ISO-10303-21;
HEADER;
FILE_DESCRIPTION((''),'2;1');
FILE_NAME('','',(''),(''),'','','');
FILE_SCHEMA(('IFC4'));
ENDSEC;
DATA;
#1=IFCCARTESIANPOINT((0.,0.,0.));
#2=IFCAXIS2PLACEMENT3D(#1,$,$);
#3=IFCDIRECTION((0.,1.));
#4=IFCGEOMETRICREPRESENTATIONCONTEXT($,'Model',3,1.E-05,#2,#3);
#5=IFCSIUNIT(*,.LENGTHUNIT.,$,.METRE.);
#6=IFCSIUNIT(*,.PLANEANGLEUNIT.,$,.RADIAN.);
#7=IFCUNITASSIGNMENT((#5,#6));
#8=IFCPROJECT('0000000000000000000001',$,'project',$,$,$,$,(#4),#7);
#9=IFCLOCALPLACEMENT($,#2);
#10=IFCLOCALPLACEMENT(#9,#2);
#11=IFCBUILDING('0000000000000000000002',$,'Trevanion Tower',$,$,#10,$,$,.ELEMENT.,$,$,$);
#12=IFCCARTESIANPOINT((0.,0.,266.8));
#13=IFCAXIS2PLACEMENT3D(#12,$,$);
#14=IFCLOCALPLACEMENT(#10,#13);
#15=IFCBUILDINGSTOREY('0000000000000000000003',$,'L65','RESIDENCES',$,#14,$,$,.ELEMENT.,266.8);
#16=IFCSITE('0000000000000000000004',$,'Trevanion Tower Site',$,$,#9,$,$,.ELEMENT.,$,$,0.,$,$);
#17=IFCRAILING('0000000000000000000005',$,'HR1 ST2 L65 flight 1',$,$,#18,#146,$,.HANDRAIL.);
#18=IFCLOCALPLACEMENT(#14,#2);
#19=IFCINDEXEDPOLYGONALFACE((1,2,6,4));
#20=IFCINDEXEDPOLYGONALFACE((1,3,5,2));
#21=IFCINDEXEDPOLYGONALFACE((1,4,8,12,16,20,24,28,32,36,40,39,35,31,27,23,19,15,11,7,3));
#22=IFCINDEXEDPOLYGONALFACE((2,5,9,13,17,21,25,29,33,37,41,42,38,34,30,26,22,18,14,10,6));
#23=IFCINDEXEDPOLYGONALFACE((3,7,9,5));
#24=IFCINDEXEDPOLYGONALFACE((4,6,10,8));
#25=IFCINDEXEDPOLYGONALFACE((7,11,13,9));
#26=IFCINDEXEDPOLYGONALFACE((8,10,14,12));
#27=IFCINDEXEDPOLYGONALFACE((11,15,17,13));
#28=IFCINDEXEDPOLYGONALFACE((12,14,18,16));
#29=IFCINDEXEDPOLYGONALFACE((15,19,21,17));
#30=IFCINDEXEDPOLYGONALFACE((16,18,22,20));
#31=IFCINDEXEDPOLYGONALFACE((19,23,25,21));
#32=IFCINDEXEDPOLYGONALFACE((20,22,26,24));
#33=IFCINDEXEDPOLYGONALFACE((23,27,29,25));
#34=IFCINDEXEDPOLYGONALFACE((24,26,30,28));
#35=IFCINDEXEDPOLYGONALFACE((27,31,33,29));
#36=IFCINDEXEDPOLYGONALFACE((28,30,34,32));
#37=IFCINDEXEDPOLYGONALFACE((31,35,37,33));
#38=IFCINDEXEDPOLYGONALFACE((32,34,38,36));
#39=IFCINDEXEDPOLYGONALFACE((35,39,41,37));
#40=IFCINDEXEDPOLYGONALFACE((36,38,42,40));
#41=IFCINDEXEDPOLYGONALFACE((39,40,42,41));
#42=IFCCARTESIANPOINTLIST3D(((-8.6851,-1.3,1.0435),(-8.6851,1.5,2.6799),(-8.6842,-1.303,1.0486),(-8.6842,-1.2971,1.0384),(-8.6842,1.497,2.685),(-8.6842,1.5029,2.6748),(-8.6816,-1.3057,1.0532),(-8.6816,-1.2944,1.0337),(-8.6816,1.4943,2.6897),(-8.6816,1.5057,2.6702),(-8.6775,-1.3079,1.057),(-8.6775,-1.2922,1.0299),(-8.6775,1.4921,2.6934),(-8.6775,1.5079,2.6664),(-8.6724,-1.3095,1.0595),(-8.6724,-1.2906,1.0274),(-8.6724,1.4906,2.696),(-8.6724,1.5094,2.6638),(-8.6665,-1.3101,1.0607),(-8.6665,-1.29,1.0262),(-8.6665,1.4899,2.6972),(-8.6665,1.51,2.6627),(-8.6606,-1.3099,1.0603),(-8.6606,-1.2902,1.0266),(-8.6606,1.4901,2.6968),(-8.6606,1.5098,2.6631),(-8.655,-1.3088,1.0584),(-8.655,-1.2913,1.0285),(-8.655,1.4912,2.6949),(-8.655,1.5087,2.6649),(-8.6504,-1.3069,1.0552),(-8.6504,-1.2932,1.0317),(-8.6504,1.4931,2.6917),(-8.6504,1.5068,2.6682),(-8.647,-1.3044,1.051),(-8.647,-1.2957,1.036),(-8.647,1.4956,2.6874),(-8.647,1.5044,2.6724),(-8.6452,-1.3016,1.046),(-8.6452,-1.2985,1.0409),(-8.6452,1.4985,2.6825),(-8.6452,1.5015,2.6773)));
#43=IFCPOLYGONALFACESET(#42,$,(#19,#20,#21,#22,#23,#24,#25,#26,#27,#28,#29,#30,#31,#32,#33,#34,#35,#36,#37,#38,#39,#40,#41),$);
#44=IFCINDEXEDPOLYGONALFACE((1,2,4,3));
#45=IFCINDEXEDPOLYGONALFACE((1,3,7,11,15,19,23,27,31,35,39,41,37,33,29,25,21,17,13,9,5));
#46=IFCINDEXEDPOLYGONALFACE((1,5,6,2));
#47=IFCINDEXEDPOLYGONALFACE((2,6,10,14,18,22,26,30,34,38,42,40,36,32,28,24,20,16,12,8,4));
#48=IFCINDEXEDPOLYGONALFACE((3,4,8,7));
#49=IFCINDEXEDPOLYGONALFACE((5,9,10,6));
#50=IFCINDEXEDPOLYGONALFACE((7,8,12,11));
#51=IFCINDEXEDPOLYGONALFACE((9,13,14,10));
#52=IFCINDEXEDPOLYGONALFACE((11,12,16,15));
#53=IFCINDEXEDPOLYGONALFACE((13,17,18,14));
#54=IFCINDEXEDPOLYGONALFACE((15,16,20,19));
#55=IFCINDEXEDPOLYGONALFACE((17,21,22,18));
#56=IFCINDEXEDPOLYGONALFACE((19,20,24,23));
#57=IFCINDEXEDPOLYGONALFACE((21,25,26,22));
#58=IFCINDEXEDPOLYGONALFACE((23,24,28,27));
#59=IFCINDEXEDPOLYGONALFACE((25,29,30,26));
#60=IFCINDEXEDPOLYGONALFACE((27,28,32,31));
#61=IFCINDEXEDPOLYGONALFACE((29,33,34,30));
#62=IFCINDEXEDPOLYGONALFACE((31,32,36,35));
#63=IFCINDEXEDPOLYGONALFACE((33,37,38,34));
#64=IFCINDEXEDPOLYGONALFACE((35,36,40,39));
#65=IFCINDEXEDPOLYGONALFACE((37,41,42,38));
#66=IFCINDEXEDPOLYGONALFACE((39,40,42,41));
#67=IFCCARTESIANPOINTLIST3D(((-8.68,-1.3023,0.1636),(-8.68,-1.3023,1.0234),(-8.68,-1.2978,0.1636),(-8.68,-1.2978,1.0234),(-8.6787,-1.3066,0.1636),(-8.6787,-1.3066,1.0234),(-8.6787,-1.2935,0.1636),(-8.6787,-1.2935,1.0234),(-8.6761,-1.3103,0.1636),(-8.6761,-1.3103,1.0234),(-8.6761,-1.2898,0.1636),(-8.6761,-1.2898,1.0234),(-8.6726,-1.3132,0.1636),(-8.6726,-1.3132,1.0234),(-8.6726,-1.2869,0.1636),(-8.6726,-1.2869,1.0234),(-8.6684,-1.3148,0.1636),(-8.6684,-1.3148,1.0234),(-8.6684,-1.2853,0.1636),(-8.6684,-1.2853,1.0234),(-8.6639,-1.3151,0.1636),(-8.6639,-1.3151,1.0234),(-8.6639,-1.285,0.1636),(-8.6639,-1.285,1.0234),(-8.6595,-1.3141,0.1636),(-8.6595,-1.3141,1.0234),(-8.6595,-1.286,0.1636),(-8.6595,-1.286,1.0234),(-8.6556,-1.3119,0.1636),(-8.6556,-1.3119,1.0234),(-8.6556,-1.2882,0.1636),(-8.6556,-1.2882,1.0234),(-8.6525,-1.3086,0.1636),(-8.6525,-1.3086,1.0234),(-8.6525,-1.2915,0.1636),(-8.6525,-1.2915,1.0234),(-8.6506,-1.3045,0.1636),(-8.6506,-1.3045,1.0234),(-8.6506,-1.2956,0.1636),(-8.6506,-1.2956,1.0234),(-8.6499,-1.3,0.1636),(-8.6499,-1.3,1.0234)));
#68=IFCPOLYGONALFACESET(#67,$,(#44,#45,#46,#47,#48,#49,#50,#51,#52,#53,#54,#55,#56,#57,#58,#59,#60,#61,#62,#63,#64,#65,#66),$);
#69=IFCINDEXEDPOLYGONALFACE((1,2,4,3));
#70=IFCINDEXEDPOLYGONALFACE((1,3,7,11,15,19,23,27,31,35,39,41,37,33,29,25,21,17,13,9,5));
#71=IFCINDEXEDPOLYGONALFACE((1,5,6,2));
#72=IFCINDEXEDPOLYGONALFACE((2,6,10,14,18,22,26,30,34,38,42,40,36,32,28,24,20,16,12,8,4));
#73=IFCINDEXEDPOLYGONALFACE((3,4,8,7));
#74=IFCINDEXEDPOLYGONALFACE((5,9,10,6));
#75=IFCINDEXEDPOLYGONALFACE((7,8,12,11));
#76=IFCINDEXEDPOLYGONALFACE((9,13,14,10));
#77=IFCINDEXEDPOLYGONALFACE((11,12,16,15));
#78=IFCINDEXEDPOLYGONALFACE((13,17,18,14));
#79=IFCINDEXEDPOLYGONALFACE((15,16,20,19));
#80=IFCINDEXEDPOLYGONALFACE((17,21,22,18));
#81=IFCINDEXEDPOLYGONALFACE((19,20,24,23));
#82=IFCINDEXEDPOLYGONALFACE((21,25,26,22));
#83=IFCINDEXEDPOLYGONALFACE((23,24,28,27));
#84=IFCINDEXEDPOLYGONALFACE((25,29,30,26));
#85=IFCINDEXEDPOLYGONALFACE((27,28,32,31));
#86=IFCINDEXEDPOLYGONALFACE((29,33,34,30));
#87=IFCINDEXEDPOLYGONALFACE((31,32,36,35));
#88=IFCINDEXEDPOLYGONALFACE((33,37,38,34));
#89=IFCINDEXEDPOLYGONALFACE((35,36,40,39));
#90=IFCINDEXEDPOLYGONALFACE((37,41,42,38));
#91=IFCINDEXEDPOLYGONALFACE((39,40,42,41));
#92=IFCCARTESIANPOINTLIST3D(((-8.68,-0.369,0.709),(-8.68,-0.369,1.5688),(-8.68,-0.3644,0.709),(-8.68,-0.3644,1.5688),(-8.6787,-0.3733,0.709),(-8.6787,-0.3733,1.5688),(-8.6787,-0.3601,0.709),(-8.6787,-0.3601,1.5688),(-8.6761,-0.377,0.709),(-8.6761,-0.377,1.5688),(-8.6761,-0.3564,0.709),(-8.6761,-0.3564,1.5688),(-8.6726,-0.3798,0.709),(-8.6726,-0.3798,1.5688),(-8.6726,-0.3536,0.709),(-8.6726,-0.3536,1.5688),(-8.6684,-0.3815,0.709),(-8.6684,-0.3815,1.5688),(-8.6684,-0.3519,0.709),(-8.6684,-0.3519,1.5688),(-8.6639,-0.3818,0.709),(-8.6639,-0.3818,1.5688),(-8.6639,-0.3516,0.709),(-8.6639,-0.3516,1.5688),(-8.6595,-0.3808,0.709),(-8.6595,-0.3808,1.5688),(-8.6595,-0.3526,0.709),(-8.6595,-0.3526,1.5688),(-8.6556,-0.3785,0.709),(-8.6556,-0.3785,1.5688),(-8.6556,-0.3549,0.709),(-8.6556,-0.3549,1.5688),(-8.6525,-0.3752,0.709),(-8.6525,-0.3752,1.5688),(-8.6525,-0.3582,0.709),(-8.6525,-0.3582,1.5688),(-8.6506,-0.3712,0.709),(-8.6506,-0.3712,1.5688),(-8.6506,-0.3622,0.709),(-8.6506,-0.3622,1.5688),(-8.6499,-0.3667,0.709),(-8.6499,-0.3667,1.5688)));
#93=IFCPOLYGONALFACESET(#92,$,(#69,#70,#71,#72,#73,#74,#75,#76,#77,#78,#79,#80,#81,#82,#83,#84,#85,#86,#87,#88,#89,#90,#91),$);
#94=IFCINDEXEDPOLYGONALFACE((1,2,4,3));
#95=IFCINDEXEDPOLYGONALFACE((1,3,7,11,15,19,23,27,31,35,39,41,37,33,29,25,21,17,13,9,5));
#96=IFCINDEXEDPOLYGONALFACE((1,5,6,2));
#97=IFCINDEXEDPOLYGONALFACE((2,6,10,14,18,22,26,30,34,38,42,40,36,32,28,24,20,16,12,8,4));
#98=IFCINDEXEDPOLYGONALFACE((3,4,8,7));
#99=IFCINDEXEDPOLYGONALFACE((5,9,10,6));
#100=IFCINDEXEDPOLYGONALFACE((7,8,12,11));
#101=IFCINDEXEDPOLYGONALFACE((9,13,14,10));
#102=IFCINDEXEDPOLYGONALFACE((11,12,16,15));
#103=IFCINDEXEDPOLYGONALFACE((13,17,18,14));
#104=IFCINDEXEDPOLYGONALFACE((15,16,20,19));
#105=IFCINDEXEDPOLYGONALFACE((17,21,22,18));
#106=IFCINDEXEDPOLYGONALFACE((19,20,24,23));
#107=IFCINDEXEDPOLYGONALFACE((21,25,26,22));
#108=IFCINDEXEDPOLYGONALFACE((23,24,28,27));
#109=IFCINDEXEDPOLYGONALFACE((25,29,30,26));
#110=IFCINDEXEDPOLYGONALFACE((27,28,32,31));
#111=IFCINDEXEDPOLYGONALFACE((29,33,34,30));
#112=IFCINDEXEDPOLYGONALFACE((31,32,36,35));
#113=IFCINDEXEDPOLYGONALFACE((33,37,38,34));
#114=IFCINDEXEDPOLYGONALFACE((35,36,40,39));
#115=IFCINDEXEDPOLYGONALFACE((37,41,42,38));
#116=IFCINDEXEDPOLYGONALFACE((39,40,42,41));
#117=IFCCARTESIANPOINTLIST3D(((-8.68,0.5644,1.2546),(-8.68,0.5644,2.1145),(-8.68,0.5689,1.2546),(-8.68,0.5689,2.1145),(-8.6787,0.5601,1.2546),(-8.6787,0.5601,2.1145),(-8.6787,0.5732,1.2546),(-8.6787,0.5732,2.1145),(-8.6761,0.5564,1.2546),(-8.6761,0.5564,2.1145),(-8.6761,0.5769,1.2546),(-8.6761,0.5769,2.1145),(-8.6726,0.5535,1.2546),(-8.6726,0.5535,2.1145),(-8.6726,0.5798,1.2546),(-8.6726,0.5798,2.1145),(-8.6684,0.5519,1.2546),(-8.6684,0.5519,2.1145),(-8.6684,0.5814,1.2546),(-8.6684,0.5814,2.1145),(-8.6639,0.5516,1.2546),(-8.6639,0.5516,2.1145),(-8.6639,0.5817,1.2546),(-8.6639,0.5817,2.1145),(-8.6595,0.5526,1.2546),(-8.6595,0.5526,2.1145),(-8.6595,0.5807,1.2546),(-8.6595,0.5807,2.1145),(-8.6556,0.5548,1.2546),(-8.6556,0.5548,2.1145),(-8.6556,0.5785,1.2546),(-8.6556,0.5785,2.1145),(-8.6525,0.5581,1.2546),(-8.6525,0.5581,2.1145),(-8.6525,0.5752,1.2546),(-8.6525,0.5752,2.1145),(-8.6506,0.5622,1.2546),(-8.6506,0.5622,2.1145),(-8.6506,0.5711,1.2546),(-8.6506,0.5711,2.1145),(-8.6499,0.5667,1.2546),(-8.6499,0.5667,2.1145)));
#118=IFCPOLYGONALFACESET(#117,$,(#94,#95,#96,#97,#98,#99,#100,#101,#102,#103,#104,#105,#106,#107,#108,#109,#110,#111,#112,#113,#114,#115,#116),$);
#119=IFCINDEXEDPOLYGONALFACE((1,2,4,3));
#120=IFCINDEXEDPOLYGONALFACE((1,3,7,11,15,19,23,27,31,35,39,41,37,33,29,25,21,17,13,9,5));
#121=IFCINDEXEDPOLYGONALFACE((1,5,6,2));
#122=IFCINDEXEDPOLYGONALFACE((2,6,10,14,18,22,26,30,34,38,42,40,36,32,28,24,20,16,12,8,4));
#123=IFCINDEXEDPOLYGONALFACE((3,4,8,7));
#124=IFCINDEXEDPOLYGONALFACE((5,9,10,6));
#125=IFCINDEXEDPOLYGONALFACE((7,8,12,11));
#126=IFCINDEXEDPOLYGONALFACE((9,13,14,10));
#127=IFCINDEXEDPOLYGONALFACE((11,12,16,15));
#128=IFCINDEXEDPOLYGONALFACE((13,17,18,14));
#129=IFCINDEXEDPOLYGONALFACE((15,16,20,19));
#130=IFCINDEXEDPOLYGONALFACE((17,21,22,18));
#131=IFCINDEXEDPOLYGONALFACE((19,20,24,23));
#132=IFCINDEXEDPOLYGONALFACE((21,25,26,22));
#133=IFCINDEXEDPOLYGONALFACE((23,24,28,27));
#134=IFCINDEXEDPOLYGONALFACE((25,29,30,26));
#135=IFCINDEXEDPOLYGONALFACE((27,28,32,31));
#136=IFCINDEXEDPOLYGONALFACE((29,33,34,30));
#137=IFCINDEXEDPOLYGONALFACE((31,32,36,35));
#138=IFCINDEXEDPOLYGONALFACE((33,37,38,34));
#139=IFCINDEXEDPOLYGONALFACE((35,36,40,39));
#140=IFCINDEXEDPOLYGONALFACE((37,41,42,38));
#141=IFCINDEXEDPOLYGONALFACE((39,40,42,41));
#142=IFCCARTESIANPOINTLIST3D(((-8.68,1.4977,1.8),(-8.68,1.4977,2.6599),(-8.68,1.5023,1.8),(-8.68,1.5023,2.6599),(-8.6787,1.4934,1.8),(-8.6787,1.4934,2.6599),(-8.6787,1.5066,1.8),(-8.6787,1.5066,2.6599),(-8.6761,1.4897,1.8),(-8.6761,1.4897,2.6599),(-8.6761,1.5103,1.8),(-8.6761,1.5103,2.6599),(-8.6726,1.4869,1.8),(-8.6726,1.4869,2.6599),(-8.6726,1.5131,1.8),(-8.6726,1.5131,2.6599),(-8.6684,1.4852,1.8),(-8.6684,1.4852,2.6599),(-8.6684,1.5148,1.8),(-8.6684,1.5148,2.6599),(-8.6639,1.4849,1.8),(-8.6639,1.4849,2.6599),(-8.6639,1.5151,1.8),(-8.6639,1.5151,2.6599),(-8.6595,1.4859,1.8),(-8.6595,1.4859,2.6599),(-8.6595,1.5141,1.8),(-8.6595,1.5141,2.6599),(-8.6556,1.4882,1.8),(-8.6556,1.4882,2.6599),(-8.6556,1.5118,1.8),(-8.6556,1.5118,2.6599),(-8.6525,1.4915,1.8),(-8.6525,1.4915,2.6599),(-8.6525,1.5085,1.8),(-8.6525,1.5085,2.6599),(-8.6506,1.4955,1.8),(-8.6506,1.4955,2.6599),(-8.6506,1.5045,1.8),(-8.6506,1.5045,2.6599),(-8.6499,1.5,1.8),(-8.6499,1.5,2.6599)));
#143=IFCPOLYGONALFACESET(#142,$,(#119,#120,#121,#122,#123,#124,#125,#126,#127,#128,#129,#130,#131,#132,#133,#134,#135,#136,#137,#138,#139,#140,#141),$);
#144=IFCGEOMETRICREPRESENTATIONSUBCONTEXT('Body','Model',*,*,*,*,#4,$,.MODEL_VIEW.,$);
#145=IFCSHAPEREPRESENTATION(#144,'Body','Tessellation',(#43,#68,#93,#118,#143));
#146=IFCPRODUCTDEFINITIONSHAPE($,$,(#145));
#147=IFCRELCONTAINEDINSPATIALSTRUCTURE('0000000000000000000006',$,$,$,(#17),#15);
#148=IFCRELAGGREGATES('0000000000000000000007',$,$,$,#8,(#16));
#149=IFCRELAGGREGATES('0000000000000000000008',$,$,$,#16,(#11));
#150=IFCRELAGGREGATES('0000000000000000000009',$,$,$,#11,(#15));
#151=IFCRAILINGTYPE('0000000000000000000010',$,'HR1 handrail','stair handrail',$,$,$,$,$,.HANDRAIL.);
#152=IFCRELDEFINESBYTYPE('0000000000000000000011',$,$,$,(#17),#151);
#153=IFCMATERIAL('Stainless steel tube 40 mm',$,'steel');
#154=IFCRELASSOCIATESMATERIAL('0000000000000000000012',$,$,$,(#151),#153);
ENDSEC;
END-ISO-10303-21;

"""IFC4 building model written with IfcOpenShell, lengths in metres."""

from ifc_helpers import new_model, si_unit, direction, frame, origin, origin_2d, place, context, subcontext, project, spatial, circle, extrude, material, type_object, element, save


model = new_model("IFC4")

# Units and contexts
model_context = context("Model", 3, precision=1e-05, world=origin(), true_north=direction((0.0, 1.0)))
body_context = subcontext(model_context, "Body", "Model", "MODEL_VIEW")
ifc_project = project(units=[si_unit("LENGTHUNIT", "METRE"), si_unit("PLANEANGLEUNIT", "RADIAN")], contexts=[model_context])

# Site, building, storey
site_placement = place(None, origin())
site = spatial("IfcSite", under=ifc_project, at=site_placement, Name="Trevanion Tower Site", CompositionType="ELEMENT", RefElevation=0.0)
building_placement = place(site_placement, origin())
building = spatial("IfcBuilding", under=site, at=building_placement, Name="Trevanion Tower", CompositionType="ELEMENT")
storey_placement = place(building_placement, frame((0.0, 0.0, 266.8)))
storey = spatial("IfcBuildingStorey", under=building, at=storey_placement, Name="L65", Description="RESIDENCES", CompositionType="ELEMENT", Elevation=266.8)

# Railing
ifc_material_1 = material(Name="Stainless steel tube 40 mm", Category="steel")
railing_type = type_object("IfcRailingType", Name="HR1 handrail", Description="stair handrail", PredefinedType="HANDRAIL", material=ifc_material_1)
for number, where, name in (
    (1, (-8.665, -1.3, 0.1636), "HR1 ST2 L65 flight 1"),
):
    element("IfcRailing", number, at=place(storey_placement, frame(where)), inside=storey, type_object=railing_type, Name=name, PredefinedType="HANDRAIL", context=body_context, shape_type="SweptSolid", body=[
        extrude(circle(Radius=0.02, at=origin_2d()), frame((0.0, 0.0, 0.8799), z_axis=(0.0, 0.863361, 0.504587), x_axis=(-1.0, 0.0, 0.0)), (0.0, 0.0, 1.0), 3.2432),
        extrude(circle(Radius=0.0151, at=origin_2d()), origin(), (0.0, 0.0, 1.0), 0.8599),
        extrude(circle(Radius=0.0151, at=origin_2d()), frame((0.0, 0.9333, 0.5454)), (0.0, 0.0, 1.0), 0.8599),
        extrude(circle(Radius=0.0151, at=origin_2d()), frame((0.0, 1.8667, 1.0911)), (0.0, 0.0, 1.0), 0.8599),
        extrude(circle(Radius=0.0151, at=origin_2d()), frame((0.0, 2.8, 1.6365)), (0.0, 0.0, 1.0), 0.8599),
    ])

save(model, "model.ifc")
